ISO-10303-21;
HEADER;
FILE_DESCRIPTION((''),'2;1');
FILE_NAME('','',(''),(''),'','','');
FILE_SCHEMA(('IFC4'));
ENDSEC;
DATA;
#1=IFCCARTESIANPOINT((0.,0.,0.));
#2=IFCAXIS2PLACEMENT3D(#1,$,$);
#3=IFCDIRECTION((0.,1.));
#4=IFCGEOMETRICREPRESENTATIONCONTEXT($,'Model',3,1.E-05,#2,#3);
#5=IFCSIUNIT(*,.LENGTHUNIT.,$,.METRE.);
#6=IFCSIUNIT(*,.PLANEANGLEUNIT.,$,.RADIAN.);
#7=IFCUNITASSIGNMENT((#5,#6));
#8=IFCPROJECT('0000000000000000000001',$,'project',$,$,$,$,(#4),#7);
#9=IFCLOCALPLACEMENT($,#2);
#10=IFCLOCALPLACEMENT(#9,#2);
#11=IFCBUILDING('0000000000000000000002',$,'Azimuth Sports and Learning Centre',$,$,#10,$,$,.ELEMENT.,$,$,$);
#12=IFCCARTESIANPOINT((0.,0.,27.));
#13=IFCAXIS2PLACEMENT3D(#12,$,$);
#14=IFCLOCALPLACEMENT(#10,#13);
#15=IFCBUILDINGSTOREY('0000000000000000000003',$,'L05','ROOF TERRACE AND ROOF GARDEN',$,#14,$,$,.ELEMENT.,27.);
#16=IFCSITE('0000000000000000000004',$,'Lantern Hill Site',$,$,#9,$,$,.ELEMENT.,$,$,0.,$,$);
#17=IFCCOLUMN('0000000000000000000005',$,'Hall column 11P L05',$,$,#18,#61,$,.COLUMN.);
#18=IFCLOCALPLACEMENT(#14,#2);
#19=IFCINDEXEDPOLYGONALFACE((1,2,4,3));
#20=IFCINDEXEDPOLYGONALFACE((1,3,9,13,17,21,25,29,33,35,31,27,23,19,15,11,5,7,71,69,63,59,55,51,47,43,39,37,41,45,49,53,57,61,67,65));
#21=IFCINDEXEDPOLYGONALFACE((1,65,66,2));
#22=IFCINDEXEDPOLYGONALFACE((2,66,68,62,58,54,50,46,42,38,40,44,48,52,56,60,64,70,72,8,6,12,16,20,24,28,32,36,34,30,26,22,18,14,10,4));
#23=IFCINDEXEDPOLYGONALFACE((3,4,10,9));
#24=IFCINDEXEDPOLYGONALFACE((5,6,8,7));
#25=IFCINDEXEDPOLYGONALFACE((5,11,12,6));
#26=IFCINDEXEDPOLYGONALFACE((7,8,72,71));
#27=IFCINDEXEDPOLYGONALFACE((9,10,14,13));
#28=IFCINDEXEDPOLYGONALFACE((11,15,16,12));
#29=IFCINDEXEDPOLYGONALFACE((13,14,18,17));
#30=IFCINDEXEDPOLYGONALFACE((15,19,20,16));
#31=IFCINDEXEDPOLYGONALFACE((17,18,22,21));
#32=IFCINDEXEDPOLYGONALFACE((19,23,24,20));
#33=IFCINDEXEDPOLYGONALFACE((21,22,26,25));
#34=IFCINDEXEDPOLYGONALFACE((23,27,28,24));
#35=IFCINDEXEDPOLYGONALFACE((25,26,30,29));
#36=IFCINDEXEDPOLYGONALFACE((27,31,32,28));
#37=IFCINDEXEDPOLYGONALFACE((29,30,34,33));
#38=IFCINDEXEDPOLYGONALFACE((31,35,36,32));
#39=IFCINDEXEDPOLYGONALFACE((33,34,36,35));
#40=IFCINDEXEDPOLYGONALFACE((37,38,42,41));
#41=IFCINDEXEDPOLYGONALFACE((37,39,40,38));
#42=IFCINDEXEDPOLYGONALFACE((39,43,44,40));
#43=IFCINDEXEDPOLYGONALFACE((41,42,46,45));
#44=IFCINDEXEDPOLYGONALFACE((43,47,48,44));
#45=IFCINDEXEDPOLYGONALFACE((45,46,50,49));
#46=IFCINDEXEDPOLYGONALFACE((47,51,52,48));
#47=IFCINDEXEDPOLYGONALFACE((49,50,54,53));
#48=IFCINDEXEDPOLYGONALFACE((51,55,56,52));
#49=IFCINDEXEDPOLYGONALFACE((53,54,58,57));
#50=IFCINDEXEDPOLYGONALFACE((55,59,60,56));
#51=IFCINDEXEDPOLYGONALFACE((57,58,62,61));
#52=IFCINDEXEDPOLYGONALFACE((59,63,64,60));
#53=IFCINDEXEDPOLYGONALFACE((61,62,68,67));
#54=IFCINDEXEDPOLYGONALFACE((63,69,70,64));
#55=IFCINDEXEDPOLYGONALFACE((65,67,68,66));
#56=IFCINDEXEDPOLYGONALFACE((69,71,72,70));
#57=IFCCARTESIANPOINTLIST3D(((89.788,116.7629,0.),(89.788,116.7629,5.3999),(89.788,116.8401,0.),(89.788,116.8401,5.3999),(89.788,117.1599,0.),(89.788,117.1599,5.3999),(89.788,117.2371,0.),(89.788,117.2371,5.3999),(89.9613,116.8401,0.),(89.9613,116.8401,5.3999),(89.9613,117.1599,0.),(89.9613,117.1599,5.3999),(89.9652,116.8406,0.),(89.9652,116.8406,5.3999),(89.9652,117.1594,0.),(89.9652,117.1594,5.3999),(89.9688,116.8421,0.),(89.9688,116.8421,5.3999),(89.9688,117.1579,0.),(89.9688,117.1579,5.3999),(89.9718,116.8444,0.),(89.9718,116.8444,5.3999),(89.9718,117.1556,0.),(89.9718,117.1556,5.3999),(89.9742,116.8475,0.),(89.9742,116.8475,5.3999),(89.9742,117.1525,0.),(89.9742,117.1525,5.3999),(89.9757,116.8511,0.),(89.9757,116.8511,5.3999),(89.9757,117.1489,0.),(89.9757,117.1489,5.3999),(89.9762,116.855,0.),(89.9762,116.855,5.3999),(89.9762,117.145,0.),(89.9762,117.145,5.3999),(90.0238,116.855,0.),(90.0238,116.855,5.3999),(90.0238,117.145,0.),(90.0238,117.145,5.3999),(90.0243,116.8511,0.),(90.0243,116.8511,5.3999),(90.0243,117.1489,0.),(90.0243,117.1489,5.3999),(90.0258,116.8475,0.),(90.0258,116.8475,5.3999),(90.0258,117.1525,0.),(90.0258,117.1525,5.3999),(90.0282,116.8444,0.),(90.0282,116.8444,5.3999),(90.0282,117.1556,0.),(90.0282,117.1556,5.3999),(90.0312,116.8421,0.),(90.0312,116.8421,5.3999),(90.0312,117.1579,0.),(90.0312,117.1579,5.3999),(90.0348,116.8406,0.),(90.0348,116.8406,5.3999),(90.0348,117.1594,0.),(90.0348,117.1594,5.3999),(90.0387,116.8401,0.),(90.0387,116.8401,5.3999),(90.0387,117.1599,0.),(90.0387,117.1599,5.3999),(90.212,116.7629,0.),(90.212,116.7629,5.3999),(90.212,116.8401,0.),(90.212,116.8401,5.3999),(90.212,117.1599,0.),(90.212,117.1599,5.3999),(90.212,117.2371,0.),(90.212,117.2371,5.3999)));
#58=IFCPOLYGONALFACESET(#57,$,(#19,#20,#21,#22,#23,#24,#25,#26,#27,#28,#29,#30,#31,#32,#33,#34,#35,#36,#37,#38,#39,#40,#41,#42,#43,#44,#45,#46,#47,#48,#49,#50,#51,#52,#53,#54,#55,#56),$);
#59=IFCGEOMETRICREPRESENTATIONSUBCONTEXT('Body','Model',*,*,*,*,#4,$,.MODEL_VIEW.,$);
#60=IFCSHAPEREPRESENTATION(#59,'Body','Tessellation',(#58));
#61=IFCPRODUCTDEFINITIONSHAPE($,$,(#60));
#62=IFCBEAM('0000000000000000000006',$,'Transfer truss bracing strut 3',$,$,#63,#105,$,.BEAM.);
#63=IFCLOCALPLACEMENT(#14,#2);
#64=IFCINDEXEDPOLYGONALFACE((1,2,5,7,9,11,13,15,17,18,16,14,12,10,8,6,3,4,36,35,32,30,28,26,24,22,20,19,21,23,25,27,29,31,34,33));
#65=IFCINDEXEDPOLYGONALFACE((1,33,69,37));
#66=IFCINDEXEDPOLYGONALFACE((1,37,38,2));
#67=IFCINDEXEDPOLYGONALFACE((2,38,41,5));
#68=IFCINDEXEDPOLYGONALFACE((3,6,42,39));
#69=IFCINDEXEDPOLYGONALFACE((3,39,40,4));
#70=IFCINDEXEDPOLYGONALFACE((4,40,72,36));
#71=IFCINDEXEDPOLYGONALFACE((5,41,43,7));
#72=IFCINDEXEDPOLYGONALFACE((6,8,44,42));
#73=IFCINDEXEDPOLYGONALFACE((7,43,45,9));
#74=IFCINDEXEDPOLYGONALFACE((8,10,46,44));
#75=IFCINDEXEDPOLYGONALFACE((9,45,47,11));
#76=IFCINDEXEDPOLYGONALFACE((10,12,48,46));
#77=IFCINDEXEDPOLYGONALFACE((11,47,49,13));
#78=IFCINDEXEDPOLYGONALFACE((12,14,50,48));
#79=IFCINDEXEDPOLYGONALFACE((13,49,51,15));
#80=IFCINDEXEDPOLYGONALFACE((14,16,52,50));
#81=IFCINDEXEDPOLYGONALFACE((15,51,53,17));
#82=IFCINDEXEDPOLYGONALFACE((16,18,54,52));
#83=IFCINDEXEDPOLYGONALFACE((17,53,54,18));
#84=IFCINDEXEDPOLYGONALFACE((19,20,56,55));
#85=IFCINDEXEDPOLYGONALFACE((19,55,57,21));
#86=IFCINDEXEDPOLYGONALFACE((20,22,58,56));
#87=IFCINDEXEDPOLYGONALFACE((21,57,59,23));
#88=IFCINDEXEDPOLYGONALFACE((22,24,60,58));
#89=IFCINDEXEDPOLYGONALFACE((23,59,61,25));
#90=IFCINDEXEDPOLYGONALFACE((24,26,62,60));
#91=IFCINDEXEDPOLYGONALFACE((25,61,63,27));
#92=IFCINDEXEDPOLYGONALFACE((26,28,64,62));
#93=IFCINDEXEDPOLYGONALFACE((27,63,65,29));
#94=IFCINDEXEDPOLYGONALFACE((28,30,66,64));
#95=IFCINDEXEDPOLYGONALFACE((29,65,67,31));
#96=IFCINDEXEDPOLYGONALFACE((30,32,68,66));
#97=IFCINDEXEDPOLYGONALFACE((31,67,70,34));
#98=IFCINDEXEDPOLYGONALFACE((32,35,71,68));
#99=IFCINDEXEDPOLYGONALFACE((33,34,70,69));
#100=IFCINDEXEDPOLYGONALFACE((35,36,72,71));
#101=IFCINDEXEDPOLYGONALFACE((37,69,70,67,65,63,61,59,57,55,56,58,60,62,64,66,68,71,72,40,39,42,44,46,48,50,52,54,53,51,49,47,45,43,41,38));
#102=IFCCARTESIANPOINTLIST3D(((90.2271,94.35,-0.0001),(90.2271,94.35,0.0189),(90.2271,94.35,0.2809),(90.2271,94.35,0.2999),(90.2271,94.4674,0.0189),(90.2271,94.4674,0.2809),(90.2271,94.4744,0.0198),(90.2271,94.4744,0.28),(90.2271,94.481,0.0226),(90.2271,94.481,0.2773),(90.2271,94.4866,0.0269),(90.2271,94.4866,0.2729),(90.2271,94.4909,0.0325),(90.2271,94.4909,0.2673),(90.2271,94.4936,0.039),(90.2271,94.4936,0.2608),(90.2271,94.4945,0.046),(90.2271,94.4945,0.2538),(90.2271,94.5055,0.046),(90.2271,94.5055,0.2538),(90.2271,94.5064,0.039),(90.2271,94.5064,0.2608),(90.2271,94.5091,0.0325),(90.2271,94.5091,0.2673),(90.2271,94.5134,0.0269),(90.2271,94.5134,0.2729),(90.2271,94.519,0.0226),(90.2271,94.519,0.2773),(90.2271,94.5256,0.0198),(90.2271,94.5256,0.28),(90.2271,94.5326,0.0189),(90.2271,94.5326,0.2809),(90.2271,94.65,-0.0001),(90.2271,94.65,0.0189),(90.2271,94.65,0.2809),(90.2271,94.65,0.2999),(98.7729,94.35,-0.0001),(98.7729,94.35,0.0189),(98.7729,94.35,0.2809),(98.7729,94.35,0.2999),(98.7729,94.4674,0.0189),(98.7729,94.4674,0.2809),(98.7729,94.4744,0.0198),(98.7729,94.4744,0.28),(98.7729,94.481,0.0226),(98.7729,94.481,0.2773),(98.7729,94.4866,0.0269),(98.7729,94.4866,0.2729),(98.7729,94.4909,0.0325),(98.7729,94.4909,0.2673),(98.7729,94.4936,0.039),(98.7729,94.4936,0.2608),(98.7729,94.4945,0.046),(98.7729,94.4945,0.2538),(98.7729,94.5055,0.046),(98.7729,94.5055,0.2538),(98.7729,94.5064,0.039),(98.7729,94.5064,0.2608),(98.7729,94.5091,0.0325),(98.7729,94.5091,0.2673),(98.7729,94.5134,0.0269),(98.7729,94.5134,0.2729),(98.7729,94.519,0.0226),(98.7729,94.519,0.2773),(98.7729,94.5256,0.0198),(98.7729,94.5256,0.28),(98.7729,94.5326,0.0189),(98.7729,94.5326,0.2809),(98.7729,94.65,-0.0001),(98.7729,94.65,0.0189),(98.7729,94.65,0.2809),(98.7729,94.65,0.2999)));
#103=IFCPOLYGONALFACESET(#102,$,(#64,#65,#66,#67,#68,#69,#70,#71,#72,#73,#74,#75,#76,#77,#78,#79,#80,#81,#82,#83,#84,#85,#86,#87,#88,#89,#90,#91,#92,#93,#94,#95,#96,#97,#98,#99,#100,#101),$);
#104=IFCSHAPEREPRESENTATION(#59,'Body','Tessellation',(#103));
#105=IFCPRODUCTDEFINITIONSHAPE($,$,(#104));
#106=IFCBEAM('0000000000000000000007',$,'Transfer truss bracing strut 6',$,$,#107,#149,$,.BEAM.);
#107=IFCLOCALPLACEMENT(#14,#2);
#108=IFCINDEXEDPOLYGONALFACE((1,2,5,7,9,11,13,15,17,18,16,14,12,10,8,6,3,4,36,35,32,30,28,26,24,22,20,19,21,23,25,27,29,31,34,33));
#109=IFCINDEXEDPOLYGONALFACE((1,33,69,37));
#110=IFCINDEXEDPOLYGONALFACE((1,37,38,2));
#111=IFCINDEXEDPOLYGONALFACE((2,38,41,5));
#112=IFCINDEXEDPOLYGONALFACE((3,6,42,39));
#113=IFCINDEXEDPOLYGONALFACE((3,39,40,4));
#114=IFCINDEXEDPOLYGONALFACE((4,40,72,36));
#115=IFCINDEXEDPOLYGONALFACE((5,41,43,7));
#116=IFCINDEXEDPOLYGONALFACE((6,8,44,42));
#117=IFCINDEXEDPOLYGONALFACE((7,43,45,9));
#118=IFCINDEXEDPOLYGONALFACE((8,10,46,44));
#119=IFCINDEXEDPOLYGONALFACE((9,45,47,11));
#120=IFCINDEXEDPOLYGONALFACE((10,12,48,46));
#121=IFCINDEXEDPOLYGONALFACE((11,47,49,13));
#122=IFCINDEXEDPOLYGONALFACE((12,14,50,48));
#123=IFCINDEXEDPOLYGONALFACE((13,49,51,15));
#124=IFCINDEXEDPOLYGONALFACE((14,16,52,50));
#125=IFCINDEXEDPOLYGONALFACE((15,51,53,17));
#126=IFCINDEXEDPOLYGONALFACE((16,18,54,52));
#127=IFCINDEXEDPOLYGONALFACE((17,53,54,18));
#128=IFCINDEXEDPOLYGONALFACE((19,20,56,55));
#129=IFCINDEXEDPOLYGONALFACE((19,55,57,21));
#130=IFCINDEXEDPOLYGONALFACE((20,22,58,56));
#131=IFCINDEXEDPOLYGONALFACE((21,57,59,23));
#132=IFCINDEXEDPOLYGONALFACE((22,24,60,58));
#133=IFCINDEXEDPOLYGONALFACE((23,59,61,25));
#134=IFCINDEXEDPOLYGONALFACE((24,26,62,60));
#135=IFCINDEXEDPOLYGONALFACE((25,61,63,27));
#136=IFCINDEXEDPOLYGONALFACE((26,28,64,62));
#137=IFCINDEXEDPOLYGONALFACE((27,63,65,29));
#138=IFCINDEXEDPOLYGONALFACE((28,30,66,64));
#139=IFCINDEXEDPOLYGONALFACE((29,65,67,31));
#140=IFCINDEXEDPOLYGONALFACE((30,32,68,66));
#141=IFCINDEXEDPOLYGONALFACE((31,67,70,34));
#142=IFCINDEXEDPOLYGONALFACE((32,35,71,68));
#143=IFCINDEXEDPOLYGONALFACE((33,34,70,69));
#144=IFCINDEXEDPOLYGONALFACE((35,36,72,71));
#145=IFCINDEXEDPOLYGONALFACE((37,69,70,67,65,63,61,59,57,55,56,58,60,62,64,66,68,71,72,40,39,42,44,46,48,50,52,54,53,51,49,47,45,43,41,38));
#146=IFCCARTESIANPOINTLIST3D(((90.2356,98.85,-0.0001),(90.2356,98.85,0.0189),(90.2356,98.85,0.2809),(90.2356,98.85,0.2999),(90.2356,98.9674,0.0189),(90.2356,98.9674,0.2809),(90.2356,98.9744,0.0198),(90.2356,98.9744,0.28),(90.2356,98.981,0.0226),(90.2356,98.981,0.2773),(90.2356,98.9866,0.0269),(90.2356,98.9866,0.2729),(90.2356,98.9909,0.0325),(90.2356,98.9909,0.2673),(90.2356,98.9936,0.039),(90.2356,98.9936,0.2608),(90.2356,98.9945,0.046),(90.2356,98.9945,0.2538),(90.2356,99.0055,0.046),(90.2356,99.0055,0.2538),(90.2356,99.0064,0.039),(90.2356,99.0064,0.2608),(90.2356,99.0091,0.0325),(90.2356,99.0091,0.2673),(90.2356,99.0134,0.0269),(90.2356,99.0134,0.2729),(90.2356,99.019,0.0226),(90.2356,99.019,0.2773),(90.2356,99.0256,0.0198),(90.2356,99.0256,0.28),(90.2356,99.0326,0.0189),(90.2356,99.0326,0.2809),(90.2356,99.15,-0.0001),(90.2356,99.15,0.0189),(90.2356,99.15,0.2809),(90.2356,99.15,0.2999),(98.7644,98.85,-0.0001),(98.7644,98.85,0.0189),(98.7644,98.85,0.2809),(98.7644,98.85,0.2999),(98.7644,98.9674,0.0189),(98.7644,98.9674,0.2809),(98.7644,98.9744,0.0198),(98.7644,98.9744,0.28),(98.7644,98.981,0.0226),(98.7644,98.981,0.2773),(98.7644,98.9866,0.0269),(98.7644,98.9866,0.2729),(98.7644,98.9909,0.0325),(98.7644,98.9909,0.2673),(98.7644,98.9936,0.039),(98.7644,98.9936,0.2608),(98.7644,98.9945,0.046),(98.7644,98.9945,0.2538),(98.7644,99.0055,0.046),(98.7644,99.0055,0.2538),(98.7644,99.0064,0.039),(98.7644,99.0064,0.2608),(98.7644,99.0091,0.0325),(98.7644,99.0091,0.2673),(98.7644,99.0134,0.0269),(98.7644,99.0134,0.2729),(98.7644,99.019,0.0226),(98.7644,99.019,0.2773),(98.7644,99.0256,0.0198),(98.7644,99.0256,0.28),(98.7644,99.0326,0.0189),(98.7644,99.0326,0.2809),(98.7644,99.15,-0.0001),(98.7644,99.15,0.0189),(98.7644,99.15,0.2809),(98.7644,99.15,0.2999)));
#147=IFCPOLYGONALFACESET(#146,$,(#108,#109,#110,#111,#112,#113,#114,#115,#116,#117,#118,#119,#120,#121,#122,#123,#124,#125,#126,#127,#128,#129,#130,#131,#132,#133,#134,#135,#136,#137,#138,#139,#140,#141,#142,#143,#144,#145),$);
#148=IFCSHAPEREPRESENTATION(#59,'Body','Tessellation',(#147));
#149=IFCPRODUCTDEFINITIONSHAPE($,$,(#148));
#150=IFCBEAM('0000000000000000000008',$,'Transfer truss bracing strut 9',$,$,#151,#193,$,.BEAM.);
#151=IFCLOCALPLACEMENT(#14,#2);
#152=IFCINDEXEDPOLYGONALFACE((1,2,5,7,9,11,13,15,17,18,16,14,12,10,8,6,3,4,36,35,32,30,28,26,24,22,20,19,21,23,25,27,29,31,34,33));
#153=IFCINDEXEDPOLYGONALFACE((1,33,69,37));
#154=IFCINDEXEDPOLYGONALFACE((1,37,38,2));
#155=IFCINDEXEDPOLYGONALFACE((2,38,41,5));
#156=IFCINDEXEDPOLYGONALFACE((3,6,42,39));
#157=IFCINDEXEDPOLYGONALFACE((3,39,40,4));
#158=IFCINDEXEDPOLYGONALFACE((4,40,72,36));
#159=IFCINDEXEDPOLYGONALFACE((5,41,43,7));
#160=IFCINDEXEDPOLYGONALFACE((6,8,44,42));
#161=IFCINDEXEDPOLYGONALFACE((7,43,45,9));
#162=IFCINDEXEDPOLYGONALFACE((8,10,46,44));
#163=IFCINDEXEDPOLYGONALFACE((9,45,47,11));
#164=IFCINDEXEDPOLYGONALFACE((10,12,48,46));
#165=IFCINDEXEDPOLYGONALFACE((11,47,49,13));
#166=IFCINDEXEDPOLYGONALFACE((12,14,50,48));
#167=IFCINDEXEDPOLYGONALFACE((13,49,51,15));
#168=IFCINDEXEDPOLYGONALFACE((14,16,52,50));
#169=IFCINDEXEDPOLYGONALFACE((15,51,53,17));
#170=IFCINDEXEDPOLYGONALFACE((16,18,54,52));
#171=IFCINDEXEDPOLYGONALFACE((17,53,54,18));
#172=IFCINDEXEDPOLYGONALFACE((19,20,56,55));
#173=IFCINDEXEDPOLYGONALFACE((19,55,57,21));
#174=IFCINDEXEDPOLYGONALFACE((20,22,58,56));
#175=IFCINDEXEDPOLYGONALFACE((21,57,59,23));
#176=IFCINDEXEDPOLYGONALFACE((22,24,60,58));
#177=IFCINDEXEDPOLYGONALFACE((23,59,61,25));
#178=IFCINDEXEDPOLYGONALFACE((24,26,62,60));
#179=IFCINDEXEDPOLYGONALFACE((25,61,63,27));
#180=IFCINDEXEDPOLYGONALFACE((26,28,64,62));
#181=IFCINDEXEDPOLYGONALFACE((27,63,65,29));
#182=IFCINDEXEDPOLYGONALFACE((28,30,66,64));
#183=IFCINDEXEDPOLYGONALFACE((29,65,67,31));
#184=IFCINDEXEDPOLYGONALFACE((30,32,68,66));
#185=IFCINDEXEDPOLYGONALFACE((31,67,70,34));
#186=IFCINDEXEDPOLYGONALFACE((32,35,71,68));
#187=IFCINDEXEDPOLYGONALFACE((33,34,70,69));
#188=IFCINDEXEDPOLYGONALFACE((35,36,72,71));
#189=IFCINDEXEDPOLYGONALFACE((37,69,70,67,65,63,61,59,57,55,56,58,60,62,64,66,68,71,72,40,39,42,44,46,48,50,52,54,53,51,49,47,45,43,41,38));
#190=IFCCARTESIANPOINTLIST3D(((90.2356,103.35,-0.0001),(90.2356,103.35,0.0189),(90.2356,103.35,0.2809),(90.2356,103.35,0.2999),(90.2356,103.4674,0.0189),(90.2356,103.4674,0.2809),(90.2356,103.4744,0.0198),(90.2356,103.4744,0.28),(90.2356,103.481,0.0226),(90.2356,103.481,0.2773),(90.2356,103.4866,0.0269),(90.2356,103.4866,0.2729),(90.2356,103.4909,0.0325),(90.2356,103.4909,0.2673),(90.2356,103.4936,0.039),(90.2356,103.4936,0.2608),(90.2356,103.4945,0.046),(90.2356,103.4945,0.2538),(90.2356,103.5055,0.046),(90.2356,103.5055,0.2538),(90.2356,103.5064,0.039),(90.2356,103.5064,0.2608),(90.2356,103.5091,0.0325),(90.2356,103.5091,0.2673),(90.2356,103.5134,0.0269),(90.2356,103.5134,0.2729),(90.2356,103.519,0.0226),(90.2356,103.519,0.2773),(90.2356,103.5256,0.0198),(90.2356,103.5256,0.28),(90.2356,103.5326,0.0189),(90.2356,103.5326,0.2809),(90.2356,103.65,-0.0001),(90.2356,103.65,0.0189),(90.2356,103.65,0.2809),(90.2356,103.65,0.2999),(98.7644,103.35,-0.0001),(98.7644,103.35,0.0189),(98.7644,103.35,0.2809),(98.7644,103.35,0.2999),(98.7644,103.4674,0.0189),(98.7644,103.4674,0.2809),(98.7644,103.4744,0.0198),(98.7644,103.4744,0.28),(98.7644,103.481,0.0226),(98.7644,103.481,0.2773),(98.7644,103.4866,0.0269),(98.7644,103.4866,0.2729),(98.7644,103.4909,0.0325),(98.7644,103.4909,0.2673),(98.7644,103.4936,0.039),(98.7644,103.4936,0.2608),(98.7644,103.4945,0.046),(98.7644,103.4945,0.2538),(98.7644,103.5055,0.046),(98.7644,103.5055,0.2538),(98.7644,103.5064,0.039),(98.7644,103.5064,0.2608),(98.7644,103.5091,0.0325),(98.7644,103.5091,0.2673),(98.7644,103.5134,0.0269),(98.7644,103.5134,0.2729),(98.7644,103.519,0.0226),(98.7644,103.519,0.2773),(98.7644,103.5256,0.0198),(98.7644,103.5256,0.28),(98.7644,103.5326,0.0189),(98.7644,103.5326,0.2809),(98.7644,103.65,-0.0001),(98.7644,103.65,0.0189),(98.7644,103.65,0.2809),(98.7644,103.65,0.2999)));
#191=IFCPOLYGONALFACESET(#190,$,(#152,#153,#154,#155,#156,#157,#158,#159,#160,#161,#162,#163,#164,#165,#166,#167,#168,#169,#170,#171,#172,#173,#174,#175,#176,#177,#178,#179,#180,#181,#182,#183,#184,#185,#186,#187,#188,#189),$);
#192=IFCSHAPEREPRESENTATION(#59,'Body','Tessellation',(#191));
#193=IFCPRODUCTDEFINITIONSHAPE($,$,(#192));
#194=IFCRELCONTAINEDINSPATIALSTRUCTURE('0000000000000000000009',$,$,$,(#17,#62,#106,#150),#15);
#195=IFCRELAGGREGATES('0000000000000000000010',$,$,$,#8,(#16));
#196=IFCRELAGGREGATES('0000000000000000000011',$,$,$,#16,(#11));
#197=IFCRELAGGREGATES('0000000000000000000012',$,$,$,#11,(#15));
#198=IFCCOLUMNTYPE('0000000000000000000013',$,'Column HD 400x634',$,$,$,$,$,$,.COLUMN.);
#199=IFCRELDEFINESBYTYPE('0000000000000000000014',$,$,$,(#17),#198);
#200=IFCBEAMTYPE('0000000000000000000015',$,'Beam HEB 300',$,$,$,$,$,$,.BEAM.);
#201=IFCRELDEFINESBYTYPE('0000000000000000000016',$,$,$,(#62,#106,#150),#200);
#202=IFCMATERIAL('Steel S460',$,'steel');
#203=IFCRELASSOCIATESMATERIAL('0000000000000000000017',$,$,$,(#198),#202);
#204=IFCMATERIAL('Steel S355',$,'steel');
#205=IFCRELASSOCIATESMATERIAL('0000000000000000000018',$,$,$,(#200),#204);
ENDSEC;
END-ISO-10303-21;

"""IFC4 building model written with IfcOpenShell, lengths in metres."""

from ifc_helpers import new_model, si_unit, direction, frame, origin, origin_2d, place, context, subcontext, project, spatial, i_section, extrude, material, material_profile, profile_set, type_object, element, save


model = new_model("IFC4")

# Units and contexts
model_context = context("Model", 3, precision=1e-05, world=origin(), true_north=direction((0.0, 1.0)))
body_context = subcontext(model_context, "Body", "Model", "MODEL_VIEW")
ifc_project = project(units=[si_unit("LENGTHUNIT", "METRE"), si_unit("PLANEANGLEUNIT", "RADIAN")], contexts=[model_context])

# Site, building, storey
site_placement = place(None, origin())
site = spatial("IfcSite", under=ifc_project, at=site_placement, Name="Lantern Hill Site", CompositionType="ELEMENT", RefElevation=0.0)
building_placement = place(site_placement, origin())
building = spatial("IfcBuilding", under=site, at=building_placement, Name="Azimuth Sports and Learning Centre", CompositionType="ELEMENT")
storey_placement = place(building_placement, frame((0.0, 0.0, 27.0)))
storey = spatial("IfcBuildingStorey", under=building, at=storey_placement, Name="L05", Description="ROOF TERRACE AND ROOF GARDEN", CompositionType="ELEMENT", Elevation=27.0)

# Column
ifc_material_1 = material(Name="Steel S460", Category="steel")
ifc_material_profile_1 = material_profile(ifc_material_1, i_section(OverallWidth=0.4241, OverallDepth=0.4741, WebThickness=0.0476, FlangeThickness=0.0771, FilletRadius=0.0149, at=origin_2d()), Name="HD 400x634")
ifc_profile_set_1 = profile_set([ifc_material_profile_1], Name="Steel S460")
column_type = type_object("IfcColumnType", Name="Column HD 400x634", PredefinedType="COLUMN", material=ifc_profile_set_1)
column_placement = place(storey_placement, frame((90.0, 117.0, 0.0), z_axis=(0.0, 0.0, 1.0), x_axis=(1.0, 0.0, 0.0)))
element("IfcColumn", 1, at=column_placement, inside=storey, type_object=column_type, Name="Hall column 11P L05", PredefinedType="COLUMN", context=body_context, shape_type="SweptSolid", body=[
    extrude(i_section(OverallWidth=0.4241, OverallDepth=0.4741, WebThickness=0.0476, FlangeThickness=0.0771, FilletRadius=0.0149, at=origin_2d()), origin(), (0.0, 0.0, 1.0), 5.3999),
])

# Beams
ifc_material_2 = material(Name="Steel S355", Category="steel")
ifc_material_profile_2 = material_profile(ifc_material_2, i_section(OverallWidth=0.3, OverallDepth=0.3, WebThickness=0.011, FlangeThickness=0.019, FilletRadius=0.0271, at=origin_2d()), Name="HEB 300")
ifc_profile_set_2 = profile_set([ifc_material_profile_2], Name="Steel S355")
beam_type_1 = type_object("IfcBeamType", Name="Beam HEB 300", PredefinedType="BEAM", material=ifc_profile_set_2)
beam_1_placement = place(storey_placement, frame((90.2271, 94.5, 0.1499), z_axis=(1.0, 0.0, 0.0), x_axis=(0.0, 1.0, 0.0)))
element("IfcBeam", 2, at=beam_1_placement, inside=storey, type_object=beam_type_1, Name="Transfer truss bracing strut 3", PredefinedType="BEAM", context=body_context, shape_type="SweptSolid", body=[
    extrude(i_section(OverallWidth=0.3, OverallDepth=0.3, WebThickness=0.011, FlangeThickness=0.019, FilletRadius=0.0271, at=origin_2d()), origin(), (0.0, 0.0, 1.0), 8.5459),
])
for number, where, z_axis, x_axis, name in (
    (3, (90.2356, 99.0, 0.1499), (1.0, 0.0, 0.0), (0.0, 1.0, 0.0), "Transfer truss bracing strut 6"),
    (4, (90.2356, 103.5, 0.1499), (1.0, 0.0, 0.0), (0.0, 1.0, 0.0), "Transfer truss bracing strut 9"),
):
    element("IfcBeam", number, at=place(storey_placement, frame(where, z_axis=z_axis, x_axis=x_axis)), inside=storey, type_object=beam_type_1, Name=name, PredefinedType="BEAM", context=body_context, shape_type="SweptSolid", body=[
        extrude(i_section(OverallWidth=0.3, OverallDepth=0.3, WebThickness=0.011, FlangeThickness=0.019, FilletRadius=0.0271, at=origin_2d()), origin(), (0.0, 0.0, 1.0), 8.5288),
    ])

save(model, "model.ifc")
